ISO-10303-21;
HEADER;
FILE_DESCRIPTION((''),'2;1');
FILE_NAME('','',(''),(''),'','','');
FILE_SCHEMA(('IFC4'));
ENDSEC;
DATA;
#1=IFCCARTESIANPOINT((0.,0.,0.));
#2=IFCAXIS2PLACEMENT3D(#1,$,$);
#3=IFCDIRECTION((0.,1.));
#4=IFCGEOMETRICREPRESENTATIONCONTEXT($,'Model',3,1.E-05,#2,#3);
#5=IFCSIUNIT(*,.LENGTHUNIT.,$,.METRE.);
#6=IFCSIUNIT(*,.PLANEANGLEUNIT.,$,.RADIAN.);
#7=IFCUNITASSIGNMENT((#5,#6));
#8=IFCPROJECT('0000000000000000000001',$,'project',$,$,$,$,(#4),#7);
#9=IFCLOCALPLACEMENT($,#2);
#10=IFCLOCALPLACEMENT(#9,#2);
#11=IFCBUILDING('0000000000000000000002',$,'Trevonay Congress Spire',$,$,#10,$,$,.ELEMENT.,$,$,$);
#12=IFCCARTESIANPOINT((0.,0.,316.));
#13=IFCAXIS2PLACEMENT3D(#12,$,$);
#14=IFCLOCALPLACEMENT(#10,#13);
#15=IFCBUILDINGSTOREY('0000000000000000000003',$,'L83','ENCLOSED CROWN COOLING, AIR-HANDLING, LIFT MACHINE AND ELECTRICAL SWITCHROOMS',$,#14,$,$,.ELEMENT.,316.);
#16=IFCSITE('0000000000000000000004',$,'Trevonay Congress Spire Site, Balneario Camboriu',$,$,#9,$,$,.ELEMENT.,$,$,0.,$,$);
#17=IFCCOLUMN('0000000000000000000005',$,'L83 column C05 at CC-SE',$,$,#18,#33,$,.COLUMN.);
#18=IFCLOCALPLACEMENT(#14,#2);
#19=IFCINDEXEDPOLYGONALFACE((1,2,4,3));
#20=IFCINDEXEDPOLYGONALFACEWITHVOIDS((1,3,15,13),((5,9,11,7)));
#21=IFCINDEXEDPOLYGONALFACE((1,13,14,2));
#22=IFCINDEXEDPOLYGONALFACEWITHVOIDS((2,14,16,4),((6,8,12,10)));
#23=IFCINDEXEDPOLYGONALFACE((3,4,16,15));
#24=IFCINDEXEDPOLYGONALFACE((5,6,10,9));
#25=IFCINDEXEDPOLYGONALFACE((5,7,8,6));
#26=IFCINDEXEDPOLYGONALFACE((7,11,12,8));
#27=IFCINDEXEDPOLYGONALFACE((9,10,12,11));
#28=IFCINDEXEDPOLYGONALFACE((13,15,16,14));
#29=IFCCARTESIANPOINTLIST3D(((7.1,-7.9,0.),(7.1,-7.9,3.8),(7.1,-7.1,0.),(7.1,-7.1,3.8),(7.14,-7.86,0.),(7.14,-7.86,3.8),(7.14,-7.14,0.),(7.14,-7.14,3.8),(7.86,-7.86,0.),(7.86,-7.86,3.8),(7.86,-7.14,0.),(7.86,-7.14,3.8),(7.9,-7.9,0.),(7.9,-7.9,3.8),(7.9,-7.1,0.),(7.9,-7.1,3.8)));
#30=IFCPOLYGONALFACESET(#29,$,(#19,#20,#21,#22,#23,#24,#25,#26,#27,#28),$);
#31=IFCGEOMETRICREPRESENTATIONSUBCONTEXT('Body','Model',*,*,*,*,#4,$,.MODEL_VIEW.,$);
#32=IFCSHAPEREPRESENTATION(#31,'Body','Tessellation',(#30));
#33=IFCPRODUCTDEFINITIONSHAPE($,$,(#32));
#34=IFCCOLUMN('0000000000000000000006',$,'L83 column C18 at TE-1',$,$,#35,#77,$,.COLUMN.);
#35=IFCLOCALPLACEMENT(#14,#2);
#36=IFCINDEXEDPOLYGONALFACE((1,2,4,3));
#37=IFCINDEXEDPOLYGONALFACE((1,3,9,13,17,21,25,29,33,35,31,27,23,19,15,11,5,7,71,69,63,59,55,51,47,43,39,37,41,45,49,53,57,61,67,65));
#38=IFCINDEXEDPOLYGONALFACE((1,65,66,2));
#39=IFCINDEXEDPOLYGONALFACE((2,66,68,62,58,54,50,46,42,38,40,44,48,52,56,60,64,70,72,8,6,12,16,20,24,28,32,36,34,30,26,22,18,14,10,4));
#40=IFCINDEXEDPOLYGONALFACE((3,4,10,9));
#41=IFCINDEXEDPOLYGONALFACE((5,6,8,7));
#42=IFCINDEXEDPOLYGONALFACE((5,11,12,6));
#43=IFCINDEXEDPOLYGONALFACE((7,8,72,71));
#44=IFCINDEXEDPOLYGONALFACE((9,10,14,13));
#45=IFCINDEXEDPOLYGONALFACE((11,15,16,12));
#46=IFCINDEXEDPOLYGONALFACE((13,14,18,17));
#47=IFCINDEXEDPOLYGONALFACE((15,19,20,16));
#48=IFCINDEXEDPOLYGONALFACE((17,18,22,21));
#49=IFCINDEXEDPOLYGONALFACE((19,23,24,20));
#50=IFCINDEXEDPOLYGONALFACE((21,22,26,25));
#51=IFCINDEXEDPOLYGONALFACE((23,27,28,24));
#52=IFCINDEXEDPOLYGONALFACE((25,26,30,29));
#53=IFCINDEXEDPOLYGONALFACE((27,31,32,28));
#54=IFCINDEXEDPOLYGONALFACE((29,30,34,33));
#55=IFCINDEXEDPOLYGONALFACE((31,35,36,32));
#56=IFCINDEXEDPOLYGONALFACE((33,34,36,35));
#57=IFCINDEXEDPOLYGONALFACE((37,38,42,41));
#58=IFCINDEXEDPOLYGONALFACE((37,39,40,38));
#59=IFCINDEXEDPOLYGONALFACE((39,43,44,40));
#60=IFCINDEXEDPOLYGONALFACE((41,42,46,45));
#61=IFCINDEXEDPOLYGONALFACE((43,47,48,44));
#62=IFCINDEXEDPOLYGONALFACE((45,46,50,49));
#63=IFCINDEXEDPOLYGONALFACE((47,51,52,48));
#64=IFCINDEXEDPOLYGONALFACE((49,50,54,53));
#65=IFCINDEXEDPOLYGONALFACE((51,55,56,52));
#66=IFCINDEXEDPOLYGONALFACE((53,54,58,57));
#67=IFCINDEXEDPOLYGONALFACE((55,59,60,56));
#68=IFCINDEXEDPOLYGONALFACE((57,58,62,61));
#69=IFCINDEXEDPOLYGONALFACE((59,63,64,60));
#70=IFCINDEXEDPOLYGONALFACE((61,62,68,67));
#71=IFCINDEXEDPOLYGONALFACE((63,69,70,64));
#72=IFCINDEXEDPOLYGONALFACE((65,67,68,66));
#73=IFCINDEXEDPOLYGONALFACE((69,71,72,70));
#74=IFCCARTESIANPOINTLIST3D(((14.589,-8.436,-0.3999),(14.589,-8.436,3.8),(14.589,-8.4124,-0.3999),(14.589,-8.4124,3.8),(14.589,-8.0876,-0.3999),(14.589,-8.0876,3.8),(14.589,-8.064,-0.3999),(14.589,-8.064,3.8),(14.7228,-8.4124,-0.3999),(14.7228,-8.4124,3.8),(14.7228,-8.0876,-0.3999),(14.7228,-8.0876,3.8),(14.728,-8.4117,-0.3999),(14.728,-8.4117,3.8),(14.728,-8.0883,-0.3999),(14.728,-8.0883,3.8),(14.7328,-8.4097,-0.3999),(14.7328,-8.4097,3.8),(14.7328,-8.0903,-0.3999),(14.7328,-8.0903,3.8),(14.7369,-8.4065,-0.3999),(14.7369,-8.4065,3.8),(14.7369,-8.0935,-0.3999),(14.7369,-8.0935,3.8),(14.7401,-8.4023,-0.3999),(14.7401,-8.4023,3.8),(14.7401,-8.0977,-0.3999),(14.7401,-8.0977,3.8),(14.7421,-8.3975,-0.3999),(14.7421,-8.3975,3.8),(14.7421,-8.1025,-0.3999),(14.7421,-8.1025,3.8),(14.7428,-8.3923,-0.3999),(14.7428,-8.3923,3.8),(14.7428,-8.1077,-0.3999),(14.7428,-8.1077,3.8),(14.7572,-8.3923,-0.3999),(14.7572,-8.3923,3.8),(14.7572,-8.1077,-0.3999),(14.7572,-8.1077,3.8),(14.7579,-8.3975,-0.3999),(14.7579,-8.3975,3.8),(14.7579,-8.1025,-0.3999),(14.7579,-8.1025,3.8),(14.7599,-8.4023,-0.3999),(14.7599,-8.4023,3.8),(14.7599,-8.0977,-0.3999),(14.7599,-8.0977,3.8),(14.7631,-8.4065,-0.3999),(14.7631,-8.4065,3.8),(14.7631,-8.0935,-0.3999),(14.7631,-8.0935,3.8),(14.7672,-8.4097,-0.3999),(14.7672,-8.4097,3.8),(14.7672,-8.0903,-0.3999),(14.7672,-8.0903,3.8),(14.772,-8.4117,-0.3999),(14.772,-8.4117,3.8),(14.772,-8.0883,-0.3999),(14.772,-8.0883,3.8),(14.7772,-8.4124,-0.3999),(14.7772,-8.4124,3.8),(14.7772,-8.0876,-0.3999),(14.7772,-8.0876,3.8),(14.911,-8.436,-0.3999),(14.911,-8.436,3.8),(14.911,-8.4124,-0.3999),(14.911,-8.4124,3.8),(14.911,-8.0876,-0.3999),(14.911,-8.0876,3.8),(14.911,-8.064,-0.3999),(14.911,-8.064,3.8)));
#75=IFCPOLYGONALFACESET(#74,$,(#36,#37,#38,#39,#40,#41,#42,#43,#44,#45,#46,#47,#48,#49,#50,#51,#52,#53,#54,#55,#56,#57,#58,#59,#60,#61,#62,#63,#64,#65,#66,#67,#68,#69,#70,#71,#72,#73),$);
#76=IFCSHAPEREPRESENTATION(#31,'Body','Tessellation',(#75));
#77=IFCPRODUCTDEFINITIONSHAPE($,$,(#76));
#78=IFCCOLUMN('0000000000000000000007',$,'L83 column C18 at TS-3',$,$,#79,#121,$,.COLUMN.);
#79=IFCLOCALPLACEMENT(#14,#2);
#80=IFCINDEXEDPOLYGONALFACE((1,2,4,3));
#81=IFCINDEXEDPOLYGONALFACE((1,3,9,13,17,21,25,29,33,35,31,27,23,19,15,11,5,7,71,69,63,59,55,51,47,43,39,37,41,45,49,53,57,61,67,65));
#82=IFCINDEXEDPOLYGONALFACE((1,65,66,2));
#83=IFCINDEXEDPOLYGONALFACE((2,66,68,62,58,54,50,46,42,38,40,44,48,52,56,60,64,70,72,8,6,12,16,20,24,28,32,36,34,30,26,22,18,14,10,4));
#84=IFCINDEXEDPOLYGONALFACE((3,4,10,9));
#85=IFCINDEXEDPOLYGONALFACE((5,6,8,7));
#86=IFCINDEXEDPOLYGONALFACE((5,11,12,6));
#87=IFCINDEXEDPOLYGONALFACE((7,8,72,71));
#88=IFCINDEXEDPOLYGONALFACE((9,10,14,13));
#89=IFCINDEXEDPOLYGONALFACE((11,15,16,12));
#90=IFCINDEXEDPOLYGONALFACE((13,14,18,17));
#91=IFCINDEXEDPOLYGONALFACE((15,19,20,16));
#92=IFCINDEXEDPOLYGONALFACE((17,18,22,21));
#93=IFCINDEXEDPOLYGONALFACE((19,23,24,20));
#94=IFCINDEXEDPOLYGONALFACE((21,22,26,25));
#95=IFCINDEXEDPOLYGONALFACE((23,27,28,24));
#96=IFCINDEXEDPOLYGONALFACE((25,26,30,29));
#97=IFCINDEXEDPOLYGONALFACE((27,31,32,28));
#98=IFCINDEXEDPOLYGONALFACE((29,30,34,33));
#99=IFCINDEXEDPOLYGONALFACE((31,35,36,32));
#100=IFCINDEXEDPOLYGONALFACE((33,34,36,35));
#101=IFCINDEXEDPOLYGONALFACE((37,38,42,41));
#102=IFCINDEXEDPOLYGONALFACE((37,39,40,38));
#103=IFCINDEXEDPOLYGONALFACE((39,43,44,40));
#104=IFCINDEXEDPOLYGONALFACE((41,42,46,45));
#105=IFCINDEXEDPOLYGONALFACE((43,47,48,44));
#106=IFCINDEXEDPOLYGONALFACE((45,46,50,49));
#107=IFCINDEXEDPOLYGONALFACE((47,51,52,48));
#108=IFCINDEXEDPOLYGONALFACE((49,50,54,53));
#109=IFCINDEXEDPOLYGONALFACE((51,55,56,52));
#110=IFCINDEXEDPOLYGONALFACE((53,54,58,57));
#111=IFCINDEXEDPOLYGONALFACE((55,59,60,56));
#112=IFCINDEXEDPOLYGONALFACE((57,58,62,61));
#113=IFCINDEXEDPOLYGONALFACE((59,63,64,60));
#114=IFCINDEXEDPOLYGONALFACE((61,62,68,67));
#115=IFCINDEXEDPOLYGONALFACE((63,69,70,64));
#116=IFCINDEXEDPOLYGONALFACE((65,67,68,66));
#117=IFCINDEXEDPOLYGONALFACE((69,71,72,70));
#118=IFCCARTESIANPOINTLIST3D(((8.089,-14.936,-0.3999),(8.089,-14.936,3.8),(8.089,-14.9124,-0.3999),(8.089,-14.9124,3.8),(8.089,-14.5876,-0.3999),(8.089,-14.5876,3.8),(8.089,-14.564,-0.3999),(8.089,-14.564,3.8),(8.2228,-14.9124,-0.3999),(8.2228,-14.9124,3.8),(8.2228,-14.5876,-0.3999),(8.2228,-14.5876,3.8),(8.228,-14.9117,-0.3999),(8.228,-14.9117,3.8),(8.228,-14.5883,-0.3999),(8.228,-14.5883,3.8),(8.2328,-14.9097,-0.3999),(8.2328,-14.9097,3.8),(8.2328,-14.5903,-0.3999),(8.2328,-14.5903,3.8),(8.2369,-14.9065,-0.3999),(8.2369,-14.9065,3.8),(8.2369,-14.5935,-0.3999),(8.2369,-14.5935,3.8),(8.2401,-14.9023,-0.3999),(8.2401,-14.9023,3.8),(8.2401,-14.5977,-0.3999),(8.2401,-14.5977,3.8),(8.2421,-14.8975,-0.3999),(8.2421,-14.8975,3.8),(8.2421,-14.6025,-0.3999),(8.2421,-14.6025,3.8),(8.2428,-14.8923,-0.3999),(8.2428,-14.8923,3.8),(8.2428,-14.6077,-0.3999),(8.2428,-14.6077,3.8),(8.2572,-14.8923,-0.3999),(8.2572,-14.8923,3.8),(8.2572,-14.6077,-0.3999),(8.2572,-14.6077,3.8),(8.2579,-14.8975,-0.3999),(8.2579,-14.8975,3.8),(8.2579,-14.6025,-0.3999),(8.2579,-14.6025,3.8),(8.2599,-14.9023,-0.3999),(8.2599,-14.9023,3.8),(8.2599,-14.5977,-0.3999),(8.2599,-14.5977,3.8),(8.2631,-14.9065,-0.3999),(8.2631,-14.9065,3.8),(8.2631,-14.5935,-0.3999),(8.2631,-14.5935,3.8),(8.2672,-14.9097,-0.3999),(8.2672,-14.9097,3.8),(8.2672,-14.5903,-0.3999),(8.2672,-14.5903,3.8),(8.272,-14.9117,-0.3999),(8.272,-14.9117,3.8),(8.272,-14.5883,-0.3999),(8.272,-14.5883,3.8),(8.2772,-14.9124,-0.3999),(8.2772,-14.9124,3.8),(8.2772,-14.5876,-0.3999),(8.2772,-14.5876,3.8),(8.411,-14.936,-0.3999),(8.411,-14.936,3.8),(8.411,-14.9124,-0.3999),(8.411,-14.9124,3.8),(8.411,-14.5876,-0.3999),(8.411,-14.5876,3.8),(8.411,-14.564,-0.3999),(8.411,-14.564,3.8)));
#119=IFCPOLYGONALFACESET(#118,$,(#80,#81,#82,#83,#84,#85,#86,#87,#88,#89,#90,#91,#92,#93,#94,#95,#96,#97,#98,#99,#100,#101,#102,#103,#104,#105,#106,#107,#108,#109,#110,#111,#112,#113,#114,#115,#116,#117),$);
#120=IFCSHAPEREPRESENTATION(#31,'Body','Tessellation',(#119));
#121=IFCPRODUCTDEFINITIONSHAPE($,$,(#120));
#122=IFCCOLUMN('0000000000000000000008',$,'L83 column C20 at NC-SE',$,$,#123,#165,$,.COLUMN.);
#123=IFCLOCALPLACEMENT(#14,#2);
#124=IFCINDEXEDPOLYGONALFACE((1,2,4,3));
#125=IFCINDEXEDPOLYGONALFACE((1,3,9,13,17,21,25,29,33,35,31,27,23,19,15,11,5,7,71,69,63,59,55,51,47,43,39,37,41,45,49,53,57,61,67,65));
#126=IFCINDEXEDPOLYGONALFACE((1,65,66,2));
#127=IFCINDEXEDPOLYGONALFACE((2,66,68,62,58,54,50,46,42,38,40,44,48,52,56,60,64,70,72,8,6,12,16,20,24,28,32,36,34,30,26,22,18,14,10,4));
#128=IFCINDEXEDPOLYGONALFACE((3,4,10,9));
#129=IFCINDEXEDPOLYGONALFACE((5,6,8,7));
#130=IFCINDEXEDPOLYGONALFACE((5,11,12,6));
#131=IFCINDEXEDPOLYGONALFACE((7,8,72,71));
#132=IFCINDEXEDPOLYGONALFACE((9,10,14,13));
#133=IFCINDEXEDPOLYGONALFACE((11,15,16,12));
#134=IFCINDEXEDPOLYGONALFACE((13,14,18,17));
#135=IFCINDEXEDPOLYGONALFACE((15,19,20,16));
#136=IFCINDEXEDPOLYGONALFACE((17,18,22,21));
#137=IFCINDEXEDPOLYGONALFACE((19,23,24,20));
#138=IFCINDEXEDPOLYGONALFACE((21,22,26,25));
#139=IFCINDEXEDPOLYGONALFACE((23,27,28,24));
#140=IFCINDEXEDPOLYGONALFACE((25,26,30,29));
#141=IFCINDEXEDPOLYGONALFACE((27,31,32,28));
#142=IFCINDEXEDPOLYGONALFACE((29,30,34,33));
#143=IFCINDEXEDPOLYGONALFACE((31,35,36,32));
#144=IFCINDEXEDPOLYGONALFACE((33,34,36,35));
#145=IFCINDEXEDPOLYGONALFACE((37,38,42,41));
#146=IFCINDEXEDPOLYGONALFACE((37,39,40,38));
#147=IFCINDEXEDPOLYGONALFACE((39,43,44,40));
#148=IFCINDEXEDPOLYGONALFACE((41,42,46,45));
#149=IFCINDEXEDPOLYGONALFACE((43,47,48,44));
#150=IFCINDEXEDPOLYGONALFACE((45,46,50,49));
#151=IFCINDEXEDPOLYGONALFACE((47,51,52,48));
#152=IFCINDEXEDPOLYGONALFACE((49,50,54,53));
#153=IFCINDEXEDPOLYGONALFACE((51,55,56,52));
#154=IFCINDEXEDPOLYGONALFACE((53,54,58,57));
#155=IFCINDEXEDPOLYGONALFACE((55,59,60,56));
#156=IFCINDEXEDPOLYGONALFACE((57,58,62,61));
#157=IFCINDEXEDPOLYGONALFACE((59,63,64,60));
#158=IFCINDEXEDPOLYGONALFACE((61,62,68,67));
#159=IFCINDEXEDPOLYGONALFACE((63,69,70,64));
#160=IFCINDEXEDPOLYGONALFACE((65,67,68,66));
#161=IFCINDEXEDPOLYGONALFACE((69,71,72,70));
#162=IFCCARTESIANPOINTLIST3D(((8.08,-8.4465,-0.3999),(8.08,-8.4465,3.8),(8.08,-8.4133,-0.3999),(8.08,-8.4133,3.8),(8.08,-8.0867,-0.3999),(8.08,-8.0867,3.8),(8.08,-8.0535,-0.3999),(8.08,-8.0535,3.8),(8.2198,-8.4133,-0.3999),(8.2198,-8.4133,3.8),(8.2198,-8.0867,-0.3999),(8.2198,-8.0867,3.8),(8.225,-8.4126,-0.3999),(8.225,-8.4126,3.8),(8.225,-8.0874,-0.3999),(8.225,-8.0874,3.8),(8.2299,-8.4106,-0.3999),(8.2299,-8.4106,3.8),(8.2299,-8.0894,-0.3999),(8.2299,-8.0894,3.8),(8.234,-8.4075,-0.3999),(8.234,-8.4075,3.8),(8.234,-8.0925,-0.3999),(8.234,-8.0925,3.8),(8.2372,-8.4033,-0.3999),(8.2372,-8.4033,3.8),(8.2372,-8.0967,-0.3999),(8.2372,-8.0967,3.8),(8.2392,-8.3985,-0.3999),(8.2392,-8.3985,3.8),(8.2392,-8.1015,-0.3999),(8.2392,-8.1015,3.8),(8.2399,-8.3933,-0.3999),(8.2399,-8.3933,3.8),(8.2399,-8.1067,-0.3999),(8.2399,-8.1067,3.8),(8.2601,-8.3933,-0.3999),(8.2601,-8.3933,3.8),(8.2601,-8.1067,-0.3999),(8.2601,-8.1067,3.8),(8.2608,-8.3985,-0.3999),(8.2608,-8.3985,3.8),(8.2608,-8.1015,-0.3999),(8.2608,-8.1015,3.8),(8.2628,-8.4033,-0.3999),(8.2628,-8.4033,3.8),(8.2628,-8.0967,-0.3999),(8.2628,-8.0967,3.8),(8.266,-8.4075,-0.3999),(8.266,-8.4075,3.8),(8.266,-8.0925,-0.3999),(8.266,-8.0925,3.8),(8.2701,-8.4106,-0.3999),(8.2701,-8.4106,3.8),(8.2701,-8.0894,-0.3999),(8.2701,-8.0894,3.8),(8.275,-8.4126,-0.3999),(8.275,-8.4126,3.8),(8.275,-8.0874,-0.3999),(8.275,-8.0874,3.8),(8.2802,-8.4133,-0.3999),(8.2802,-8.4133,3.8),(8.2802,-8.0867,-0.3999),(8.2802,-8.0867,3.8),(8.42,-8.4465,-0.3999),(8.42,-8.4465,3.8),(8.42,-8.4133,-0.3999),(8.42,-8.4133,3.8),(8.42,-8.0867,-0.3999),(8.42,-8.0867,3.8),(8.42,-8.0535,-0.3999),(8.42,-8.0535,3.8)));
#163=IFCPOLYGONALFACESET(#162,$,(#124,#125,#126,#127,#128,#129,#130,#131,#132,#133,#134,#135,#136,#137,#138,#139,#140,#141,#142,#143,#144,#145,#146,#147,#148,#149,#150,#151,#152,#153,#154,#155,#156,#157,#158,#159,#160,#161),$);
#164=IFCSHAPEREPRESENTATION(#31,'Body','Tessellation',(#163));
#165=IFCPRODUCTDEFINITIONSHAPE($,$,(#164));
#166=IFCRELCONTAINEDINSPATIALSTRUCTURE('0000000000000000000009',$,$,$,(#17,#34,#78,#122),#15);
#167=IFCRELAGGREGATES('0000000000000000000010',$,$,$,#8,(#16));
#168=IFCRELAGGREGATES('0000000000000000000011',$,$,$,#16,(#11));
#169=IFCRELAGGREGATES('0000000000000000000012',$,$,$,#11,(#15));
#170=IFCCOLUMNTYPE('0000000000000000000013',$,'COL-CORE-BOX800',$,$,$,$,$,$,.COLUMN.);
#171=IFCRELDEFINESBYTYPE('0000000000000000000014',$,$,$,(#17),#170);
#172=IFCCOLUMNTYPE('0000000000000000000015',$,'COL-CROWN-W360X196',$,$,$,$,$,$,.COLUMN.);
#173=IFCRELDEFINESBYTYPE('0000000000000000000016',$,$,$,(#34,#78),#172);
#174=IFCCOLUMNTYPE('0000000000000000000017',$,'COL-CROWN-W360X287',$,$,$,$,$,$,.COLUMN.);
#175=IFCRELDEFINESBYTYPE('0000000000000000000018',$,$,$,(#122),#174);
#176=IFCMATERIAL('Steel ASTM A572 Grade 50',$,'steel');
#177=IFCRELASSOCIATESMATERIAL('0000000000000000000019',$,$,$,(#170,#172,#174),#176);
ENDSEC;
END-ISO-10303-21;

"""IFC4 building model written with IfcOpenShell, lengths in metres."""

from ifc_helpers import new_model, si_unit, direction, frame, origin, origin_2d, place, context, subcontext, project, spatial, hollow_rectangle, i_section, extrude, material, material_profile, profile_set, type_object, element, save


model = new_model("IFC4")

# Units and contexts
model_context = context("Model", 3, precision=1e-05, world=origin(), true_north=direction((0.0, 1.0)))
body_context = subcontext(model_context, "Body", "Model", "MODEL_VIEW")
ifc_project = project(units=[si_unit("LENGTHUNIT", "METRE"), si_unit("PLANEANGLEUNIT", "RADIAN")], contexts=[model_context])

# Site, building, storey
site_placement = place(None, origin())
site = spatial("IfcSite", under=ifc_project, at=site_placement, Name="Trevonay Congress Spire Site, Balneario Camboriu", CompositionType="ELEMENT", RefElevation=0.0)
building_placement = place(site_placement, origin())
building = spatial("IfcBuilding", under=site, at=building_placement, Name="Trevonay Congress Spire", CompositionType="ELEMENT")
storey_placement = place(building_placement, frame((0.0, 0.0, 316.0)))
storey = spatial("IfcBuildingStorey", under=building, at=storey_placement, Name="L83", Description="ENCLOSED CROWN COOLING, AIR-HANDLING, LIFT MACHINE AND ELECTRICAL SWITCHROOMS", CompositionType="ELEMENT", Elevation=316.0)

# Columns
ifc_material_1 = material(Name="Steel ASTM A572 Grade 50", Category="steel")
ifc_material_profile_1 = material_profile(ifc_material_1, hollow_rectangle(XDim=0.8, YDim=0.8, WallThickness=0.04, at=origin_2d()), Name="BOX 800x800x40")
ifc_profile_set_1 = profile_set([ifc_material_profile_1], Name="Steel ASTM A572 Grade 50")
column_type_1 = type_object("IfcColumnType", Name="COL-CORE-BOX800", PredefinedType="COLUMN", material=ifc_profile_set_1)
column_1_placement = place(storey_placement, frame((7.5, -7.5, 0.0), z_axis=(0.0, 0.0, 1.0), x_axis=(1.0, 0.0, 0.0)))
element("IfcColumn", 1, at=column_1_placement, inside=storey, type_object=column_type_1, Name="L83 column C05 at CC-SE", PredefinedType="COLUMN", context=body_context, shape_type="SweptSolid", body=[
    extrude(hollow_rectangle(XDim=0.8, YDim=0.8, WallThickness=0.04, at=origin_2d()), origin(), (0.0, 0.0, 1.0), 3.8),
])
ifc_material_profile_2 = material_profile(ifc_material_1, i_section(OverallWidth=0.322, OverallDepth=0.3721, WebThickness=0.0144, FlangeThickness=0.0237, FilletRadius=0.02, at=origin_2d()), Name="W360x196")
ifc_profile_set_2 = profile_set([ifc_material_profile_2], Name="Steel ASTM A572 Grade 50")
column_type_2 = type_object("IfcColumnType", Name="COL-CROWN-W360X196", PredefinedType="COLUMN", material=ifc_profile_set_2)
for number, where, z_axis, x_axis, name in (
    (2, (14.75, -8.25, -0.3999), (0.0, 0.0, 1.0), (1.0, 0.0, 0.0), "L83 column C18 at TE-1"),
    (3, (8.25, -14.75, -0.3999), (0.0, 0.0, 1.0), (1.0, 0.0, 0.0), "L83 column C18 at TS-3"),
):
    element("IfcColumn", number, at=place(storey_placement, frame(where, z_axis=z_axis, x_axis=x_axis)), inside=storey, type_object=column_type_2, Name=name, PredefinedType="COLUMN", context=body_context, shape_type="SweptSolid", body=[
        extrude(i_section(OverallWidth=0.322, OverallDepth=0.3721, WebThickness=0.0144, FlangeThickness=0.0237, FilletRadius=0.02, at=origin_2d()), origin(), (0.0, 0.0, 1.0), 4.2),
    ])
ifc_material_profile_3 = material_profile(ifc_material_1, i_section(OverallWidth=0.3401, OverallDepth=0.3931, WebThickness=0.0203, FlangeThickness=0.0332, FilletRadius=0.02, at=origin_2d()), Name="W360x287")
ifc_profile_set_3 = profile_set([ifc_material_profile_3], Name="Steel ASTM A572 Grade 50")
column_type_3 = type_object("IfcColumnType", Name="COL-CROWN-W360X287", PredefinedType="COLUMN", material=ifc_profile_set_3)
column_2_placement = place(storey_placement, frame((8.25, -8.25, -0.3999), z_axis=(0.0, 0.0, 1.0), x_axis=(1.0, 0.0, 0.0)))
element("IfcColumn", 4, at=column_2_placement, inside=storey, type_object=column_type_3, Name="L83 column C20 at NC-SE", PredefinedType="COLUMN", context=body_context, shape_type="SweptSolid", body=[
    extrude(i_section(OverallWidth=0.3401, OverallDepth=0.3931, WebThickness=0.0203, FlangeThickness=0.0332, FilletRadius=0.02, at=origin_2d()), origin(), (0.0, 0.0, 1.0), 4.2),
])

save(model, "model.ifc")
